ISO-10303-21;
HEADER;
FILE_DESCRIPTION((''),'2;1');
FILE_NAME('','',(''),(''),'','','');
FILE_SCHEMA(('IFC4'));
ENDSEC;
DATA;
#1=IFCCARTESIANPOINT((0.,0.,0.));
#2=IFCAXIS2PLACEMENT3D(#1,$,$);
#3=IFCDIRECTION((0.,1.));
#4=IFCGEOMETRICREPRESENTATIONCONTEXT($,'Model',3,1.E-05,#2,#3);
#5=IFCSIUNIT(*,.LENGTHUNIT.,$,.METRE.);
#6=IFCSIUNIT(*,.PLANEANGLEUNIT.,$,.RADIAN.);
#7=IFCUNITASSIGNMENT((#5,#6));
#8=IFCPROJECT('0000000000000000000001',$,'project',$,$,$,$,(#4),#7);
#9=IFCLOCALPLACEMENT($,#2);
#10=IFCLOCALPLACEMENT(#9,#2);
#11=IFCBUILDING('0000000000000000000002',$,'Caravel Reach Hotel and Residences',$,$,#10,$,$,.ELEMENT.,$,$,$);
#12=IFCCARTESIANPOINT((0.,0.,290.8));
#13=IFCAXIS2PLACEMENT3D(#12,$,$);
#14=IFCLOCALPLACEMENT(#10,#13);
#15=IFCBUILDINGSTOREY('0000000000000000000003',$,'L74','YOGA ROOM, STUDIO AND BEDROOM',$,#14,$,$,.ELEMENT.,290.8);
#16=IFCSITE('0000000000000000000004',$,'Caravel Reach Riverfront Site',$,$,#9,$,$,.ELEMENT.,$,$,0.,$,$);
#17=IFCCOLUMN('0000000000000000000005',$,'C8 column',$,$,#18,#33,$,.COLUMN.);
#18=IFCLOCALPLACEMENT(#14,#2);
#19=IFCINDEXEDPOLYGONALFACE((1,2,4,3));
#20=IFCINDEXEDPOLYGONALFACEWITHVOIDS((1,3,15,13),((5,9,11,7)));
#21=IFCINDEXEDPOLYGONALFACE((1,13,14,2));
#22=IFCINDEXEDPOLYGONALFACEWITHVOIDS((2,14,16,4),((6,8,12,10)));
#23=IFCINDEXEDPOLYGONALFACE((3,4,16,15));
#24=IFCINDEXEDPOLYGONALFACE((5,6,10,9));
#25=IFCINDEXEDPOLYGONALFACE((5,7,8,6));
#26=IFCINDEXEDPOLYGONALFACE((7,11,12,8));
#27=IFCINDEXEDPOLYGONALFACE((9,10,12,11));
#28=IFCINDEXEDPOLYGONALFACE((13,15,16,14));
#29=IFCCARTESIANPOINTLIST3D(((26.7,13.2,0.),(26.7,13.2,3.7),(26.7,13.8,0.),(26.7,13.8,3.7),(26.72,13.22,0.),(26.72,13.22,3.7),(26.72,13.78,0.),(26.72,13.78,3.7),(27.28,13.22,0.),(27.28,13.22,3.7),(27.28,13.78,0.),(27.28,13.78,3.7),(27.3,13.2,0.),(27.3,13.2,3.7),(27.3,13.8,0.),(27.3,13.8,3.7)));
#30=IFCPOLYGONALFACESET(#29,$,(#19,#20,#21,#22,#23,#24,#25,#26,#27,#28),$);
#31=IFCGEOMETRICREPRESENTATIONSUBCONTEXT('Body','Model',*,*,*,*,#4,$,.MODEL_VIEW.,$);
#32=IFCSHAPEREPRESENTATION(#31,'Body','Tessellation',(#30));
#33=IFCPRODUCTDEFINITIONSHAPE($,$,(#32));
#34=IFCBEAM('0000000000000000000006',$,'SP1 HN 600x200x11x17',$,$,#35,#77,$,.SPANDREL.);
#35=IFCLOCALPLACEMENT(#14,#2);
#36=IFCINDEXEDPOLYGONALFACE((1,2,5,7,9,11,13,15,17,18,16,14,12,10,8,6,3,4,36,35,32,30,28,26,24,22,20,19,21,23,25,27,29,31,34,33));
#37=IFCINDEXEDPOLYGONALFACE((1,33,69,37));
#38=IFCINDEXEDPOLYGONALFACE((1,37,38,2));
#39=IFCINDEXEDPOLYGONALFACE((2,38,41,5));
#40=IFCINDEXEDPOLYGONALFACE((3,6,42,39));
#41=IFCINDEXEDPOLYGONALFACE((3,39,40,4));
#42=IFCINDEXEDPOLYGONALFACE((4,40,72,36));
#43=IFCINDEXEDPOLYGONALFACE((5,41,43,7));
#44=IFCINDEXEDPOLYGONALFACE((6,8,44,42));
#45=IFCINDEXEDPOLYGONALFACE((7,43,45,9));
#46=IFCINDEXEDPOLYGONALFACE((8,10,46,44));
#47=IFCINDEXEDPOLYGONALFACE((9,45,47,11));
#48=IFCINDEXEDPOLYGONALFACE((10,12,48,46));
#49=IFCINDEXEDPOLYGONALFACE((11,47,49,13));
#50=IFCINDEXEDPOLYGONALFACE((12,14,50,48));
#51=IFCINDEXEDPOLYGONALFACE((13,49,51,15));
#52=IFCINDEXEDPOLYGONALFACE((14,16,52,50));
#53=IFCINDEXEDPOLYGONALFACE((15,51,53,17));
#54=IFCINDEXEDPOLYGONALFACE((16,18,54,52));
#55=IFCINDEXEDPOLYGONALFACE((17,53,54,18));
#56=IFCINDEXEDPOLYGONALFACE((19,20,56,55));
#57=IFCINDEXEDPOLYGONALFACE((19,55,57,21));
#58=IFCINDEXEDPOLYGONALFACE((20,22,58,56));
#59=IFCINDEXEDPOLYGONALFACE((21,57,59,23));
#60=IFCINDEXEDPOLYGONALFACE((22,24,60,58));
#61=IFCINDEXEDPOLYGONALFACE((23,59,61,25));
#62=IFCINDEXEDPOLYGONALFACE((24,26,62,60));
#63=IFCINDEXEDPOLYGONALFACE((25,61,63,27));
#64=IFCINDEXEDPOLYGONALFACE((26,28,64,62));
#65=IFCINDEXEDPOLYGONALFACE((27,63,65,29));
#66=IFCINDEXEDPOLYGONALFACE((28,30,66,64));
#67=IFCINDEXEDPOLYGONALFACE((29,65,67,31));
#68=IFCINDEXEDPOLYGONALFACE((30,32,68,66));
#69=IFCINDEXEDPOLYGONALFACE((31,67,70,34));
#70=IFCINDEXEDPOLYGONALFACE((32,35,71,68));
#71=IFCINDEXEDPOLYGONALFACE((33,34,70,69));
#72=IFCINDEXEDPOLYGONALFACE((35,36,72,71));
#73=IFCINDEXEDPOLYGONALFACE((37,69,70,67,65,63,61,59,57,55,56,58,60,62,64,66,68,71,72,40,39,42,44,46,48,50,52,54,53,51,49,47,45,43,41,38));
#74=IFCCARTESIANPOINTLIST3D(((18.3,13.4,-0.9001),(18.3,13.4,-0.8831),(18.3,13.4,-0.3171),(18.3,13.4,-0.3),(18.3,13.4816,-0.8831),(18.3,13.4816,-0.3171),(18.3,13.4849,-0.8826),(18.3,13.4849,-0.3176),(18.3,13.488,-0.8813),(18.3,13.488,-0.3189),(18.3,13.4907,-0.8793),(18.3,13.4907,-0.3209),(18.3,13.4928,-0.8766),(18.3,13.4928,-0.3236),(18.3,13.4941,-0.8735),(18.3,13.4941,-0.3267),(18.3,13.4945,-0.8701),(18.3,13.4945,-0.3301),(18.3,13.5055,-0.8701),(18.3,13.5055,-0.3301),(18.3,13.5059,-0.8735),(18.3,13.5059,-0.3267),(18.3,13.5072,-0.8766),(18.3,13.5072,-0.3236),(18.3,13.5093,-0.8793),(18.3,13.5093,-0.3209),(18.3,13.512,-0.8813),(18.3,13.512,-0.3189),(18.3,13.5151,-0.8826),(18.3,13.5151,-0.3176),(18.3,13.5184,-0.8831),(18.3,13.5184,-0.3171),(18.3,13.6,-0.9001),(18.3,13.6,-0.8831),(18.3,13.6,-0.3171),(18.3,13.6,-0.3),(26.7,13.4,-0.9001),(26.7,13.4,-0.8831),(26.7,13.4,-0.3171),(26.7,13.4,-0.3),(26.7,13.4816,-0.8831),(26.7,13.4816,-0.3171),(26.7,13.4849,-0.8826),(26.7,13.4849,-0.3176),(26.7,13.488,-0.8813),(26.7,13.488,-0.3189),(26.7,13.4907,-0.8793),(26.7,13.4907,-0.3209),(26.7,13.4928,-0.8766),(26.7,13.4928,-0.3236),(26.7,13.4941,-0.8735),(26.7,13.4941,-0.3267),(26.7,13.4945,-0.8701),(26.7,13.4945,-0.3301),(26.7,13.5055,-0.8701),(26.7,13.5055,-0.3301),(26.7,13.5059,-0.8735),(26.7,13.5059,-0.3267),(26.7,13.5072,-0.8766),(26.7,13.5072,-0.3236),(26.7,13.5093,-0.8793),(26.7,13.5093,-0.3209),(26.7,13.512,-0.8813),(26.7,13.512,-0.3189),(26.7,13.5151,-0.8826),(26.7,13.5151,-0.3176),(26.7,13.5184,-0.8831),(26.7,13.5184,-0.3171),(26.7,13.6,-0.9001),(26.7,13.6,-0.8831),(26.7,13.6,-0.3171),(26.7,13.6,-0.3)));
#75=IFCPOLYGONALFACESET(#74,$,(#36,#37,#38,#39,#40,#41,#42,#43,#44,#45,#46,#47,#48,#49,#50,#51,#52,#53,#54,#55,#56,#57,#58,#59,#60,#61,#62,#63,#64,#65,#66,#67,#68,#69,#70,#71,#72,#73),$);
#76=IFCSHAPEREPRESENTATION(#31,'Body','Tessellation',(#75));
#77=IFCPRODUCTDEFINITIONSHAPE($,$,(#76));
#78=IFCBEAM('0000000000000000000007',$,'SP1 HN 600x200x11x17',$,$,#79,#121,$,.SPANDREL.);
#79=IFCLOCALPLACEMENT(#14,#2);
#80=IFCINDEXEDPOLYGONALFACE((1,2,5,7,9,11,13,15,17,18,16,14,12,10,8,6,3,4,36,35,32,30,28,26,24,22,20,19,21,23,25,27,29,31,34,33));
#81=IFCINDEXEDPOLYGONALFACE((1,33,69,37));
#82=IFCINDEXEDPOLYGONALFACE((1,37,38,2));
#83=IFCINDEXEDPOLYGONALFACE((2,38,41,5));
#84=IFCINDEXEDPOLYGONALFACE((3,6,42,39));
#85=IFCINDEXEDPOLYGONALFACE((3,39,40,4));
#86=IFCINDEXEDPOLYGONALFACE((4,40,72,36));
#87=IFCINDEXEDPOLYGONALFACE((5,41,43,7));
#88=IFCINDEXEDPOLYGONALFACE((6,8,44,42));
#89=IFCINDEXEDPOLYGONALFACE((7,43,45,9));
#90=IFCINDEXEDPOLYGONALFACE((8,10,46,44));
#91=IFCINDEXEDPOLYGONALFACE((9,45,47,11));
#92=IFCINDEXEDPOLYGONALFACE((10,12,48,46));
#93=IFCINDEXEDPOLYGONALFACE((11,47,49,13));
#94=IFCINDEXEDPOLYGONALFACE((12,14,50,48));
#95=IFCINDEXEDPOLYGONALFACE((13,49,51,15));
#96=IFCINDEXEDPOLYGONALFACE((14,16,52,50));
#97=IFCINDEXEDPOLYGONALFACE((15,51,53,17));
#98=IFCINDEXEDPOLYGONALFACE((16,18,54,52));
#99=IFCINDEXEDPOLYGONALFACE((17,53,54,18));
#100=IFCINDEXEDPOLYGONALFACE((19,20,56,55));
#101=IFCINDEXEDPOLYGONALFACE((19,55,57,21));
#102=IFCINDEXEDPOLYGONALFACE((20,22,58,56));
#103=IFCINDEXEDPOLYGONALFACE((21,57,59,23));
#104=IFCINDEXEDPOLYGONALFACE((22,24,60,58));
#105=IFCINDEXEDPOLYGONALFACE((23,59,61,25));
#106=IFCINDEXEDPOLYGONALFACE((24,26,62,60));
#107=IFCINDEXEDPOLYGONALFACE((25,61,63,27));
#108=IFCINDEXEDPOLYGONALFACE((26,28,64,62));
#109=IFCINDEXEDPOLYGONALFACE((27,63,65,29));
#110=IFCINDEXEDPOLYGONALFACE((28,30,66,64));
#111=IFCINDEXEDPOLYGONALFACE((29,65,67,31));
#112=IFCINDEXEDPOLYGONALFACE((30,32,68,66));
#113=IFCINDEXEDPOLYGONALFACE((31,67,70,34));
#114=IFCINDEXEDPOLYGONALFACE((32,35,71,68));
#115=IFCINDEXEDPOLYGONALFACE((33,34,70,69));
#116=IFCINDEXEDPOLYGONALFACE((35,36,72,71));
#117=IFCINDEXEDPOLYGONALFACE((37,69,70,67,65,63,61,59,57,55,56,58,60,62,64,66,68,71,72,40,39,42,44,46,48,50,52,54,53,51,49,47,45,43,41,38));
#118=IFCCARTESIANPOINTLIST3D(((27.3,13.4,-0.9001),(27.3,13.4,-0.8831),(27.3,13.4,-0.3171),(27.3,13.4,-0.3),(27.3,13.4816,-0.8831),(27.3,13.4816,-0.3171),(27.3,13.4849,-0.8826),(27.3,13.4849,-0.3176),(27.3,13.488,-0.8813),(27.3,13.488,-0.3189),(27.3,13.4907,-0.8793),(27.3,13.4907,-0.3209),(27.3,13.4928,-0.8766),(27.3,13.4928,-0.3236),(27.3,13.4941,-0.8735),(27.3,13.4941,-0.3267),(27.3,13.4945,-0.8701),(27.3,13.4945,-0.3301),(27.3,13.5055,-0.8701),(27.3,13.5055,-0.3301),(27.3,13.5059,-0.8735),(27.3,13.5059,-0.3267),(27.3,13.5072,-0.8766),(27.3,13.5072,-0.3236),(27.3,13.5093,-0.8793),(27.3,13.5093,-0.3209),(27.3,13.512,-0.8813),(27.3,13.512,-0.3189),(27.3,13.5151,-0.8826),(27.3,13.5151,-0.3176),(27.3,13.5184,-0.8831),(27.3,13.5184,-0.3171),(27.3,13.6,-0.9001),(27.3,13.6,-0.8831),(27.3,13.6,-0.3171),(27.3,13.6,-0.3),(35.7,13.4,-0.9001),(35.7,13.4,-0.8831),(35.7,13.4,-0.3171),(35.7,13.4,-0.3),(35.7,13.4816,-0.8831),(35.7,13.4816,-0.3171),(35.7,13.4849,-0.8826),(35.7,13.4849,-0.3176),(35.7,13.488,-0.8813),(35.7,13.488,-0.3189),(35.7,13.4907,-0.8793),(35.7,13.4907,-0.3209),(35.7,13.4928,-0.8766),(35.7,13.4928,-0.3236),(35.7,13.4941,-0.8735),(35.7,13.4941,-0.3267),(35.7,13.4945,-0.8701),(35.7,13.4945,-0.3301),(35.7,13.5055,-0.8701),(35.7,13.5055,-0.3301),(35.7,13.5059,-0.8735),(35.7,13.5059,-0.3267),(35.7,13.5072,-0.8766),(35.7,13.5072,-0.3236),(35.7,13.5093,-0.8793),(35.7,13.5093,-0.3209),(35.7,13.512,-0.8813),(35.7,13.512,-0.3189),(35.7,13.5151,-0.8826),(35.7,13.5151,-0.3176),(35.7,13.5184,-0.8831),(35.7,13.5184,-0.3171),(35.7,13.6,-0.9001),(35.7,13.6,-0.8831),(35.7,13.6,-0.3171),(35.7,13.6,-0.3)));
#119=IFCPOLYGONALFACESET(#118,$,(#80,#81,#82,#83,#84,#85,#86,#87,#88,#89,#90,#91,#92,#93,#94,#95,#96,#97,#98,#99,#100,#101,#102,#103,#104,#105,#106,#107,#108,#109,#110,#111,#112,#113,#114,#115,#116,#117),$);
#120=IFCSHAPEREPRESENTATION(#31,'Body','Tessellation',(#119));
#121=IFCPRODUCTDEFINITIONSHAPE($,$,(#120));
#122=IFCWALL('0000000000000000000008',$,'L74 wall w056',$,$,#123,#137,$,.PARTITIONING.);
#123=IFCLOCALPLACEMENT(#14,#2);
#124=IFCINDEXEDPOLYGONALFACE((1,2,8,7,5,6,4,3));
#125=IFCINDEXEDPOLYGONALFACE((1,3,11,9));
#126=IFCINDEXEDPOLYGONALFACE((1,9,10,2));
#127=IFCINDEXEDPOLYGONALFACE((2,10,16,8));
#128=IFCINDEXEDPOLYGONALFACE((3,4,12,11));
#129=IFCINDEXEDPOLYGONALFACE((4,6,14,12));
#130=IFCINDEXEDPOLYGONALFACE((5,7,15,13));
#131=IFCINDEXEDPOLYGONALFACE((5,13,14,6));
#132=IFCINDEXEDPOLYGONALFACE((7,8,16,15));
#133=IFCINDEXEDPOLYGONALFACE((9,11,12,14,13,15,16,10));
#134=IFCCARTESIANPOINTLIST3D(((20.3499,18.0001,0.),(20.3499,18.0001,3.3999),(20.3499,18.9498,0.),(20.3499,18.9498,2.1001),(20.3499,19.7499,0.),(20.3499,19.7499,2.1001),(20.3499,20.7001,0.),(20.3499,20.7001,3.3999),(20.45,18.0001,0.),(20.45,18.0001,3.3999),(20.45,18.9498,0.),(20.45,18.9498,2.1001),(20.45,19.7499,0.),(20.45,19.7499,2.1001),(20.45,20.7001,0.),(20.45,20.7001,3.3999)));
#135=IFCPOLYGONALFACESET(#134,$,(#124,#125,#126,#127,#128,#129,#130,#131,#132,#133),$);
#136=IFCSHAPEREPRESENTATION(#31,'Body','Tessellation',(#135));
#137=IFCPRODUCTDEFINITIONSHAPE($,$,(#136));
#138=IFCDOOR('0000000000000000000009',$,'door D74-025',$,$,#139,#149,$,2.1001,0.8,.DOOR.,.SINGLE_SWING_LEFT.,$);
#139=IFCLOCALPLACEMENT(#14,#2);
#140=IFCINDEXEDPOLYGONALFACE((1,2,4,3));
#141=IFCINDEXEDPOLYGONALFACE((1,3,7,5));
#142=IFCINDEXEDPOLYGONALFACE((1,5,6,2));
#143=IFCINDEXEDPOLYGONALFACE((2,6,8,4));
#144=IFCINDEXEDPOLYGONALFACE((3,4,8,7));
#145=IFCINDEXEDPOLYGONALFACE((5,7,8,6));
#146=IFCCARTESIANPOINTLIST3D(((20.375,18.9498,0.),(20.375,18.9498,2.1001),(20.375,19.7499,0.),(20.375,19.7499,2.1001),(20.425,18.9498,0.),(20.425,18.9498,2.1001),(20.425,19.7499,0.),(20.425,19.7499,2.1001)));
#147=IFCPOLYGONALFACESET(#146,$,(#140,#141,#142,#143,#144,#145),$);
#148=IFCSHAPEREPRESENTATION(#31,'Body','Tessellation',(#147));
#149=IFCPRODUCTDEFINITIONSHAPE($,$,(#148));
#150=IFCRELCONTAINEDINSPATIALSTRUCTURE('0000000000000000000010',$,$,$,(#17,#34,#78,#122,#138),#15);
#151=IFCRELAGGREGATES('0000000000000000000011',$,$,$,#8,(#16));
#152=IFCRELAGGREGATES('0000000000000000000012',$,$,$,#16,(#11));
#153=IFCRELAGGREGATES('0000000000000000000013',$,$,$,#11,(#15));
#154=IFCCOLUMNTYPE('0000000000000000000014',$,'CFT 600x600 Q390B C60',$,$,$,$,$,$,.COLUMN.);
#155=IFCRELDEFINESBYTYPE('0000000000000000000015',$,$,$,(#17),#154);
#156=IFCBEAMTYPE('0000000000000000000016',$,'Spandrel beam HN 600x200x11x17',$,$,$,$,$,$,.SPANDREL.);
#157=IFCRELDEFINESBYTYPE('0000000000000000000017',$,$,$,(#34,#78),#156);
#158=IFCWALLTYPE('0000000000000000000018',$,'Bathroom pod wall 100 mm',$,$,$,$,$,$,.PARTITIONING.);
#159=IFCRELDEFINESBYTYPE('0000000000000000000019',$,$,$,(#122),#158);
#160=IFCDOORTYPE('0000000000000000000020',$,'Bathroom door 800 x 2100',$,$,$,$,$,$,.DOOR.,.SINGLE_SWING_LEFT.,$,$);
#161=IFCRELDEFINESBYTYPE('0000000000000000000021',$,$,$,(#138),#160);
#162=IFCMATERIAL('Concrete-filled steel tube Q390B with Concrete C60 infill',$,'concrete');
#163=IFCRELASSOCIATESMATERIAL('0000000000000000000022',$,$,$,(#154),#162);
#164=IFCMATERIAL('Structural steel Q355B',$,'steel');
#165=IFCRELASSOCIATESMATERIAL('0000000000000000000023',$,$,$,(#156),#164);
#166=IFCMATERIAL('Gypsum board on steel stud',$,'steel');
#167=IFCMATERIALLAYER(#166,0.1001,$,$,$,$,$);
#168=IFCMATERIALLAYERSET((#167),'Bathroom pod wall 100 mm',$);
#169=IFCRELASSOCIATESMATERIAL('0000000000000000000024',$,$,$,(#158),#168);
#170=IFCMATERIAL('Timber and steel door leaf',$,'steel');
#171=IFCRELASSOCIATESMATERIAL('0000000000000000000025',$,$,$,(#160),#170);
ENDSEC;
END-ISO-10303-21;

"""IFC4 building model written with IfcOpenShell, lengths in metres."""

from ifc_helpers import new_model, si_unit, direction, frame, frame_2d, origin, origin_2d, place, context, subcontext, project, spatial, rectangle, hollow_rectangle, i_section, extrude, material, layer, layer_set, material_profile, profile_set, type_object, element, fill, save


model = new_model("IFC4")

# Units and contexts
model_context = context("Model", 3, precision=1e-05, world=origin(), true_north=direction((0.0, 1.0)))
body_context = subcontext(model_context, "Body", "Model", "MODEL_VIEW")
ifc_project = project(units=[si_unit("LENGTHUNIT", "METRE"), si_unit("PLANEANGLEUNIT", "RADIAN")], contexts=[model_context])

# Site, building, storey
site_placement = place(None, origin())
site = spatial("IfcSite", under=ifc_project, at=site_placement, Name="Caravel Reach Riverfront Site", CompositionType="ELEMENT", RefElevation=0.0)
building_placement = place(site_placement, origin())
building = spatial("IfcBuilding", under=site, at=building_placement, Name="Caravel Reach Hotel and Residences", CompositionType="ELEMENT")
storey_placement = place(building_placement, frame((0.0, 0.0, 290.8)))
storey = spatial("IfcBuildingStorey", under=building, at=storey_placement, Name="L74", Description="YOGA ROOM, STUDIO AND BEDROOM", CompositionType="ELEMENT", Elevation=290.8)

# Column
ifc_material_1 = material(Name="Concrete-filled steel tube Q390B with Concrete C60 infill", Category="concrete")
ifc_material_profile_1 = material_profile(ifc_material_1, hollow_rectangle(XDim=0.6001, YDim=0.6001, WallThickness=0.02, at=origin_2d()), Name="RHS 600x600x20")
ifc_profile_set_1 = profile_set([ifc_material_profile_1], Name="Concrete-filled steel tube Q390B with Concrete C60 infill")
column_type = type_object("IfcColumnType", Name="CFT 600x600 Q390B C60", PredefinedType="COLUMN", material=ifc_profile_set_1)
column_placement = place(storey_placement, frame((27.0, 13.5, 0.0), z_axis=(0.0, 0.0, 1.0), x_axis=(1.0, 0.0, 0.0)))
element("IfcColumn", 1, at=column_placement, inside=storey, type_object=column_type, Name="C8 column", PredefinedType="COLUMN", context=body_context, shape_type="SweptSolid", body=[
    extrude(hollow_rectangle(XDim=0.6001, YDim=0.6001, WallThickness=0.02, at=origin_2d()), origin(), (0.0, 0.0, 1.0), 3.7),
])

# Beams
ifc_material_2 = material(Name="Structural steel Q355B", Category="steel")
ifc_material_profile_2 = material_profile(ifc_material_2, i_section(OverallWidth=0.2, OverallDepth=0.6001, WebThickness=0.011, FlangeThickness=0.0171, FilletRadius=0.0129, at=origin_2d()), Name="HN 600x200x11x17")
ifc_profile_set_2 = profile_set([ifc_material_profile_2], Name="Structural steel Q355B")
beam_type = type_object("IfcBeamType", Name="Spandrel beam HN 600x200x11x17", PredefinedType="SPANDREL", material=ifc_profile_set_2)
for number, where, z_axis, x_axis, name in (
    (2, (18.3, 13.5, -0.6001), (1.0, 0.0, 0.0), (0.0, 1.0, 0.0), "SP1 HN 600x200x11x17"),
    (3, (27.3, 13.5, -0.6001), (1.0, 0.0, 0.0), (0.0, 1.0, 0.0), "SP1 HN 600x200x11x17"),
):
    element("IfcBeam", number, at=place(storey_placement, frame(where, z_axis=z_axis, x_axis=x_axis)), inside=storey, type_object=beam_type, Name=name, PredefinedType="SPANDREL", context=body_context, shape_type="SweptSolid", body=[
        extrude(i_section(OverallWidth=0.2, OverallDepth=0.6001, WebThickness=0.011, FlangeThickness=0.0171, FilletRadius=0.0129, at=origin_2d()), origin(), (0.0, 0.0, 1.0), 8.3999),
    ])

# Wall, opening, door
ifc_material_3 = material(Name="Gypsum board on steel stud", Category="steel")
ifc_layer_1 = layer(ifc_material_3, 0.1001)
ifc_layer_set_1 = layer_set([ifc_layer_1], Name="Bathroom pod wall 100 mm")
wall_type_1 = type_object("IfcWallType", Name="Bathroom pod wall 100 mm", PredefinedType="PARTITIONING", material=ifc_layer_set_1)
wall_1_placement = place(storey_placement, frame((20.3999, 18.0, 0.0), z_axis=(0.0, 0.0, 1.0), x_axis=(0.0, 1.0, 0.0)))
wall_1 = element("IfcWall", 4, at=wall_1_placement, inside=storey, type_object=wall_type_1, Name="L74 wall w056", PredefinedType="PARTITIONING", context=body_context, shape_type="SweptSolid", body=[
    extrude(rectangle(XDim=2.7, YDim=0.1001, at=frame_2d((1.3501, 0.0))), origin(), (0.0, 0.0, 1.0), 3.3999),
])
opening_1_placement = place(wall_1_placement, frame((0.95, 0.0, 0.0)))
opening_1 = element("IfcOpeningElement", 5, at=opening_1_placement, cuts=wall_1, PredefinedType="OPENING", context=body_context, shape_type="SweptSolid", body=[
    extrude(rectangle(XDim=0.8, YDim=2.1001, at=frame_2d((0.3999, 1.05))), frame((0.0, 0.0601, 0.0), z_axis=(0.0, -1.0, 0.0), x_axis=(1.0, 0.0, 0.0)), (0.0, 0.0, 1.0), 0.1201),
])
ifc_material_4 = material(Name="Timber and steel door leaf", Category="steel")
door_type_1 = type_object("IfcDoorType", Name="Bathroom door 800 x 2100", OperationType="SINGLE_SWING_LEFT", PredefinedType="DOOR", material=ifc_material_4)
door_1_placement = place(opening_1_placement, origin())
door_1 = element("IfcDoor", 6, at=door_1_placement, inside=storey, type_object=door_type_1, Name="door D74-025", OperationType="SINGLE_SWING_LEFT", OverallHeight=2.1001, OverallWidth=0.8, PredefinedType="DOOR", context=body_context, shape_type="SweptSolid", body=[
    extrude(rectangle(XDim=0.8, YDim=2.1001, at=frame_2d((0.3999, 1.05))), frame((0.0, 0.0249, 0.0), z_axis=(0.0, -1.0, 0.0), x_axis=(1.0, 0.0, 0.0)), (0.0, 0.0, 1.0), 0.05),
])
fill(opening_1, door_1)

save(model, "model.ifc")
